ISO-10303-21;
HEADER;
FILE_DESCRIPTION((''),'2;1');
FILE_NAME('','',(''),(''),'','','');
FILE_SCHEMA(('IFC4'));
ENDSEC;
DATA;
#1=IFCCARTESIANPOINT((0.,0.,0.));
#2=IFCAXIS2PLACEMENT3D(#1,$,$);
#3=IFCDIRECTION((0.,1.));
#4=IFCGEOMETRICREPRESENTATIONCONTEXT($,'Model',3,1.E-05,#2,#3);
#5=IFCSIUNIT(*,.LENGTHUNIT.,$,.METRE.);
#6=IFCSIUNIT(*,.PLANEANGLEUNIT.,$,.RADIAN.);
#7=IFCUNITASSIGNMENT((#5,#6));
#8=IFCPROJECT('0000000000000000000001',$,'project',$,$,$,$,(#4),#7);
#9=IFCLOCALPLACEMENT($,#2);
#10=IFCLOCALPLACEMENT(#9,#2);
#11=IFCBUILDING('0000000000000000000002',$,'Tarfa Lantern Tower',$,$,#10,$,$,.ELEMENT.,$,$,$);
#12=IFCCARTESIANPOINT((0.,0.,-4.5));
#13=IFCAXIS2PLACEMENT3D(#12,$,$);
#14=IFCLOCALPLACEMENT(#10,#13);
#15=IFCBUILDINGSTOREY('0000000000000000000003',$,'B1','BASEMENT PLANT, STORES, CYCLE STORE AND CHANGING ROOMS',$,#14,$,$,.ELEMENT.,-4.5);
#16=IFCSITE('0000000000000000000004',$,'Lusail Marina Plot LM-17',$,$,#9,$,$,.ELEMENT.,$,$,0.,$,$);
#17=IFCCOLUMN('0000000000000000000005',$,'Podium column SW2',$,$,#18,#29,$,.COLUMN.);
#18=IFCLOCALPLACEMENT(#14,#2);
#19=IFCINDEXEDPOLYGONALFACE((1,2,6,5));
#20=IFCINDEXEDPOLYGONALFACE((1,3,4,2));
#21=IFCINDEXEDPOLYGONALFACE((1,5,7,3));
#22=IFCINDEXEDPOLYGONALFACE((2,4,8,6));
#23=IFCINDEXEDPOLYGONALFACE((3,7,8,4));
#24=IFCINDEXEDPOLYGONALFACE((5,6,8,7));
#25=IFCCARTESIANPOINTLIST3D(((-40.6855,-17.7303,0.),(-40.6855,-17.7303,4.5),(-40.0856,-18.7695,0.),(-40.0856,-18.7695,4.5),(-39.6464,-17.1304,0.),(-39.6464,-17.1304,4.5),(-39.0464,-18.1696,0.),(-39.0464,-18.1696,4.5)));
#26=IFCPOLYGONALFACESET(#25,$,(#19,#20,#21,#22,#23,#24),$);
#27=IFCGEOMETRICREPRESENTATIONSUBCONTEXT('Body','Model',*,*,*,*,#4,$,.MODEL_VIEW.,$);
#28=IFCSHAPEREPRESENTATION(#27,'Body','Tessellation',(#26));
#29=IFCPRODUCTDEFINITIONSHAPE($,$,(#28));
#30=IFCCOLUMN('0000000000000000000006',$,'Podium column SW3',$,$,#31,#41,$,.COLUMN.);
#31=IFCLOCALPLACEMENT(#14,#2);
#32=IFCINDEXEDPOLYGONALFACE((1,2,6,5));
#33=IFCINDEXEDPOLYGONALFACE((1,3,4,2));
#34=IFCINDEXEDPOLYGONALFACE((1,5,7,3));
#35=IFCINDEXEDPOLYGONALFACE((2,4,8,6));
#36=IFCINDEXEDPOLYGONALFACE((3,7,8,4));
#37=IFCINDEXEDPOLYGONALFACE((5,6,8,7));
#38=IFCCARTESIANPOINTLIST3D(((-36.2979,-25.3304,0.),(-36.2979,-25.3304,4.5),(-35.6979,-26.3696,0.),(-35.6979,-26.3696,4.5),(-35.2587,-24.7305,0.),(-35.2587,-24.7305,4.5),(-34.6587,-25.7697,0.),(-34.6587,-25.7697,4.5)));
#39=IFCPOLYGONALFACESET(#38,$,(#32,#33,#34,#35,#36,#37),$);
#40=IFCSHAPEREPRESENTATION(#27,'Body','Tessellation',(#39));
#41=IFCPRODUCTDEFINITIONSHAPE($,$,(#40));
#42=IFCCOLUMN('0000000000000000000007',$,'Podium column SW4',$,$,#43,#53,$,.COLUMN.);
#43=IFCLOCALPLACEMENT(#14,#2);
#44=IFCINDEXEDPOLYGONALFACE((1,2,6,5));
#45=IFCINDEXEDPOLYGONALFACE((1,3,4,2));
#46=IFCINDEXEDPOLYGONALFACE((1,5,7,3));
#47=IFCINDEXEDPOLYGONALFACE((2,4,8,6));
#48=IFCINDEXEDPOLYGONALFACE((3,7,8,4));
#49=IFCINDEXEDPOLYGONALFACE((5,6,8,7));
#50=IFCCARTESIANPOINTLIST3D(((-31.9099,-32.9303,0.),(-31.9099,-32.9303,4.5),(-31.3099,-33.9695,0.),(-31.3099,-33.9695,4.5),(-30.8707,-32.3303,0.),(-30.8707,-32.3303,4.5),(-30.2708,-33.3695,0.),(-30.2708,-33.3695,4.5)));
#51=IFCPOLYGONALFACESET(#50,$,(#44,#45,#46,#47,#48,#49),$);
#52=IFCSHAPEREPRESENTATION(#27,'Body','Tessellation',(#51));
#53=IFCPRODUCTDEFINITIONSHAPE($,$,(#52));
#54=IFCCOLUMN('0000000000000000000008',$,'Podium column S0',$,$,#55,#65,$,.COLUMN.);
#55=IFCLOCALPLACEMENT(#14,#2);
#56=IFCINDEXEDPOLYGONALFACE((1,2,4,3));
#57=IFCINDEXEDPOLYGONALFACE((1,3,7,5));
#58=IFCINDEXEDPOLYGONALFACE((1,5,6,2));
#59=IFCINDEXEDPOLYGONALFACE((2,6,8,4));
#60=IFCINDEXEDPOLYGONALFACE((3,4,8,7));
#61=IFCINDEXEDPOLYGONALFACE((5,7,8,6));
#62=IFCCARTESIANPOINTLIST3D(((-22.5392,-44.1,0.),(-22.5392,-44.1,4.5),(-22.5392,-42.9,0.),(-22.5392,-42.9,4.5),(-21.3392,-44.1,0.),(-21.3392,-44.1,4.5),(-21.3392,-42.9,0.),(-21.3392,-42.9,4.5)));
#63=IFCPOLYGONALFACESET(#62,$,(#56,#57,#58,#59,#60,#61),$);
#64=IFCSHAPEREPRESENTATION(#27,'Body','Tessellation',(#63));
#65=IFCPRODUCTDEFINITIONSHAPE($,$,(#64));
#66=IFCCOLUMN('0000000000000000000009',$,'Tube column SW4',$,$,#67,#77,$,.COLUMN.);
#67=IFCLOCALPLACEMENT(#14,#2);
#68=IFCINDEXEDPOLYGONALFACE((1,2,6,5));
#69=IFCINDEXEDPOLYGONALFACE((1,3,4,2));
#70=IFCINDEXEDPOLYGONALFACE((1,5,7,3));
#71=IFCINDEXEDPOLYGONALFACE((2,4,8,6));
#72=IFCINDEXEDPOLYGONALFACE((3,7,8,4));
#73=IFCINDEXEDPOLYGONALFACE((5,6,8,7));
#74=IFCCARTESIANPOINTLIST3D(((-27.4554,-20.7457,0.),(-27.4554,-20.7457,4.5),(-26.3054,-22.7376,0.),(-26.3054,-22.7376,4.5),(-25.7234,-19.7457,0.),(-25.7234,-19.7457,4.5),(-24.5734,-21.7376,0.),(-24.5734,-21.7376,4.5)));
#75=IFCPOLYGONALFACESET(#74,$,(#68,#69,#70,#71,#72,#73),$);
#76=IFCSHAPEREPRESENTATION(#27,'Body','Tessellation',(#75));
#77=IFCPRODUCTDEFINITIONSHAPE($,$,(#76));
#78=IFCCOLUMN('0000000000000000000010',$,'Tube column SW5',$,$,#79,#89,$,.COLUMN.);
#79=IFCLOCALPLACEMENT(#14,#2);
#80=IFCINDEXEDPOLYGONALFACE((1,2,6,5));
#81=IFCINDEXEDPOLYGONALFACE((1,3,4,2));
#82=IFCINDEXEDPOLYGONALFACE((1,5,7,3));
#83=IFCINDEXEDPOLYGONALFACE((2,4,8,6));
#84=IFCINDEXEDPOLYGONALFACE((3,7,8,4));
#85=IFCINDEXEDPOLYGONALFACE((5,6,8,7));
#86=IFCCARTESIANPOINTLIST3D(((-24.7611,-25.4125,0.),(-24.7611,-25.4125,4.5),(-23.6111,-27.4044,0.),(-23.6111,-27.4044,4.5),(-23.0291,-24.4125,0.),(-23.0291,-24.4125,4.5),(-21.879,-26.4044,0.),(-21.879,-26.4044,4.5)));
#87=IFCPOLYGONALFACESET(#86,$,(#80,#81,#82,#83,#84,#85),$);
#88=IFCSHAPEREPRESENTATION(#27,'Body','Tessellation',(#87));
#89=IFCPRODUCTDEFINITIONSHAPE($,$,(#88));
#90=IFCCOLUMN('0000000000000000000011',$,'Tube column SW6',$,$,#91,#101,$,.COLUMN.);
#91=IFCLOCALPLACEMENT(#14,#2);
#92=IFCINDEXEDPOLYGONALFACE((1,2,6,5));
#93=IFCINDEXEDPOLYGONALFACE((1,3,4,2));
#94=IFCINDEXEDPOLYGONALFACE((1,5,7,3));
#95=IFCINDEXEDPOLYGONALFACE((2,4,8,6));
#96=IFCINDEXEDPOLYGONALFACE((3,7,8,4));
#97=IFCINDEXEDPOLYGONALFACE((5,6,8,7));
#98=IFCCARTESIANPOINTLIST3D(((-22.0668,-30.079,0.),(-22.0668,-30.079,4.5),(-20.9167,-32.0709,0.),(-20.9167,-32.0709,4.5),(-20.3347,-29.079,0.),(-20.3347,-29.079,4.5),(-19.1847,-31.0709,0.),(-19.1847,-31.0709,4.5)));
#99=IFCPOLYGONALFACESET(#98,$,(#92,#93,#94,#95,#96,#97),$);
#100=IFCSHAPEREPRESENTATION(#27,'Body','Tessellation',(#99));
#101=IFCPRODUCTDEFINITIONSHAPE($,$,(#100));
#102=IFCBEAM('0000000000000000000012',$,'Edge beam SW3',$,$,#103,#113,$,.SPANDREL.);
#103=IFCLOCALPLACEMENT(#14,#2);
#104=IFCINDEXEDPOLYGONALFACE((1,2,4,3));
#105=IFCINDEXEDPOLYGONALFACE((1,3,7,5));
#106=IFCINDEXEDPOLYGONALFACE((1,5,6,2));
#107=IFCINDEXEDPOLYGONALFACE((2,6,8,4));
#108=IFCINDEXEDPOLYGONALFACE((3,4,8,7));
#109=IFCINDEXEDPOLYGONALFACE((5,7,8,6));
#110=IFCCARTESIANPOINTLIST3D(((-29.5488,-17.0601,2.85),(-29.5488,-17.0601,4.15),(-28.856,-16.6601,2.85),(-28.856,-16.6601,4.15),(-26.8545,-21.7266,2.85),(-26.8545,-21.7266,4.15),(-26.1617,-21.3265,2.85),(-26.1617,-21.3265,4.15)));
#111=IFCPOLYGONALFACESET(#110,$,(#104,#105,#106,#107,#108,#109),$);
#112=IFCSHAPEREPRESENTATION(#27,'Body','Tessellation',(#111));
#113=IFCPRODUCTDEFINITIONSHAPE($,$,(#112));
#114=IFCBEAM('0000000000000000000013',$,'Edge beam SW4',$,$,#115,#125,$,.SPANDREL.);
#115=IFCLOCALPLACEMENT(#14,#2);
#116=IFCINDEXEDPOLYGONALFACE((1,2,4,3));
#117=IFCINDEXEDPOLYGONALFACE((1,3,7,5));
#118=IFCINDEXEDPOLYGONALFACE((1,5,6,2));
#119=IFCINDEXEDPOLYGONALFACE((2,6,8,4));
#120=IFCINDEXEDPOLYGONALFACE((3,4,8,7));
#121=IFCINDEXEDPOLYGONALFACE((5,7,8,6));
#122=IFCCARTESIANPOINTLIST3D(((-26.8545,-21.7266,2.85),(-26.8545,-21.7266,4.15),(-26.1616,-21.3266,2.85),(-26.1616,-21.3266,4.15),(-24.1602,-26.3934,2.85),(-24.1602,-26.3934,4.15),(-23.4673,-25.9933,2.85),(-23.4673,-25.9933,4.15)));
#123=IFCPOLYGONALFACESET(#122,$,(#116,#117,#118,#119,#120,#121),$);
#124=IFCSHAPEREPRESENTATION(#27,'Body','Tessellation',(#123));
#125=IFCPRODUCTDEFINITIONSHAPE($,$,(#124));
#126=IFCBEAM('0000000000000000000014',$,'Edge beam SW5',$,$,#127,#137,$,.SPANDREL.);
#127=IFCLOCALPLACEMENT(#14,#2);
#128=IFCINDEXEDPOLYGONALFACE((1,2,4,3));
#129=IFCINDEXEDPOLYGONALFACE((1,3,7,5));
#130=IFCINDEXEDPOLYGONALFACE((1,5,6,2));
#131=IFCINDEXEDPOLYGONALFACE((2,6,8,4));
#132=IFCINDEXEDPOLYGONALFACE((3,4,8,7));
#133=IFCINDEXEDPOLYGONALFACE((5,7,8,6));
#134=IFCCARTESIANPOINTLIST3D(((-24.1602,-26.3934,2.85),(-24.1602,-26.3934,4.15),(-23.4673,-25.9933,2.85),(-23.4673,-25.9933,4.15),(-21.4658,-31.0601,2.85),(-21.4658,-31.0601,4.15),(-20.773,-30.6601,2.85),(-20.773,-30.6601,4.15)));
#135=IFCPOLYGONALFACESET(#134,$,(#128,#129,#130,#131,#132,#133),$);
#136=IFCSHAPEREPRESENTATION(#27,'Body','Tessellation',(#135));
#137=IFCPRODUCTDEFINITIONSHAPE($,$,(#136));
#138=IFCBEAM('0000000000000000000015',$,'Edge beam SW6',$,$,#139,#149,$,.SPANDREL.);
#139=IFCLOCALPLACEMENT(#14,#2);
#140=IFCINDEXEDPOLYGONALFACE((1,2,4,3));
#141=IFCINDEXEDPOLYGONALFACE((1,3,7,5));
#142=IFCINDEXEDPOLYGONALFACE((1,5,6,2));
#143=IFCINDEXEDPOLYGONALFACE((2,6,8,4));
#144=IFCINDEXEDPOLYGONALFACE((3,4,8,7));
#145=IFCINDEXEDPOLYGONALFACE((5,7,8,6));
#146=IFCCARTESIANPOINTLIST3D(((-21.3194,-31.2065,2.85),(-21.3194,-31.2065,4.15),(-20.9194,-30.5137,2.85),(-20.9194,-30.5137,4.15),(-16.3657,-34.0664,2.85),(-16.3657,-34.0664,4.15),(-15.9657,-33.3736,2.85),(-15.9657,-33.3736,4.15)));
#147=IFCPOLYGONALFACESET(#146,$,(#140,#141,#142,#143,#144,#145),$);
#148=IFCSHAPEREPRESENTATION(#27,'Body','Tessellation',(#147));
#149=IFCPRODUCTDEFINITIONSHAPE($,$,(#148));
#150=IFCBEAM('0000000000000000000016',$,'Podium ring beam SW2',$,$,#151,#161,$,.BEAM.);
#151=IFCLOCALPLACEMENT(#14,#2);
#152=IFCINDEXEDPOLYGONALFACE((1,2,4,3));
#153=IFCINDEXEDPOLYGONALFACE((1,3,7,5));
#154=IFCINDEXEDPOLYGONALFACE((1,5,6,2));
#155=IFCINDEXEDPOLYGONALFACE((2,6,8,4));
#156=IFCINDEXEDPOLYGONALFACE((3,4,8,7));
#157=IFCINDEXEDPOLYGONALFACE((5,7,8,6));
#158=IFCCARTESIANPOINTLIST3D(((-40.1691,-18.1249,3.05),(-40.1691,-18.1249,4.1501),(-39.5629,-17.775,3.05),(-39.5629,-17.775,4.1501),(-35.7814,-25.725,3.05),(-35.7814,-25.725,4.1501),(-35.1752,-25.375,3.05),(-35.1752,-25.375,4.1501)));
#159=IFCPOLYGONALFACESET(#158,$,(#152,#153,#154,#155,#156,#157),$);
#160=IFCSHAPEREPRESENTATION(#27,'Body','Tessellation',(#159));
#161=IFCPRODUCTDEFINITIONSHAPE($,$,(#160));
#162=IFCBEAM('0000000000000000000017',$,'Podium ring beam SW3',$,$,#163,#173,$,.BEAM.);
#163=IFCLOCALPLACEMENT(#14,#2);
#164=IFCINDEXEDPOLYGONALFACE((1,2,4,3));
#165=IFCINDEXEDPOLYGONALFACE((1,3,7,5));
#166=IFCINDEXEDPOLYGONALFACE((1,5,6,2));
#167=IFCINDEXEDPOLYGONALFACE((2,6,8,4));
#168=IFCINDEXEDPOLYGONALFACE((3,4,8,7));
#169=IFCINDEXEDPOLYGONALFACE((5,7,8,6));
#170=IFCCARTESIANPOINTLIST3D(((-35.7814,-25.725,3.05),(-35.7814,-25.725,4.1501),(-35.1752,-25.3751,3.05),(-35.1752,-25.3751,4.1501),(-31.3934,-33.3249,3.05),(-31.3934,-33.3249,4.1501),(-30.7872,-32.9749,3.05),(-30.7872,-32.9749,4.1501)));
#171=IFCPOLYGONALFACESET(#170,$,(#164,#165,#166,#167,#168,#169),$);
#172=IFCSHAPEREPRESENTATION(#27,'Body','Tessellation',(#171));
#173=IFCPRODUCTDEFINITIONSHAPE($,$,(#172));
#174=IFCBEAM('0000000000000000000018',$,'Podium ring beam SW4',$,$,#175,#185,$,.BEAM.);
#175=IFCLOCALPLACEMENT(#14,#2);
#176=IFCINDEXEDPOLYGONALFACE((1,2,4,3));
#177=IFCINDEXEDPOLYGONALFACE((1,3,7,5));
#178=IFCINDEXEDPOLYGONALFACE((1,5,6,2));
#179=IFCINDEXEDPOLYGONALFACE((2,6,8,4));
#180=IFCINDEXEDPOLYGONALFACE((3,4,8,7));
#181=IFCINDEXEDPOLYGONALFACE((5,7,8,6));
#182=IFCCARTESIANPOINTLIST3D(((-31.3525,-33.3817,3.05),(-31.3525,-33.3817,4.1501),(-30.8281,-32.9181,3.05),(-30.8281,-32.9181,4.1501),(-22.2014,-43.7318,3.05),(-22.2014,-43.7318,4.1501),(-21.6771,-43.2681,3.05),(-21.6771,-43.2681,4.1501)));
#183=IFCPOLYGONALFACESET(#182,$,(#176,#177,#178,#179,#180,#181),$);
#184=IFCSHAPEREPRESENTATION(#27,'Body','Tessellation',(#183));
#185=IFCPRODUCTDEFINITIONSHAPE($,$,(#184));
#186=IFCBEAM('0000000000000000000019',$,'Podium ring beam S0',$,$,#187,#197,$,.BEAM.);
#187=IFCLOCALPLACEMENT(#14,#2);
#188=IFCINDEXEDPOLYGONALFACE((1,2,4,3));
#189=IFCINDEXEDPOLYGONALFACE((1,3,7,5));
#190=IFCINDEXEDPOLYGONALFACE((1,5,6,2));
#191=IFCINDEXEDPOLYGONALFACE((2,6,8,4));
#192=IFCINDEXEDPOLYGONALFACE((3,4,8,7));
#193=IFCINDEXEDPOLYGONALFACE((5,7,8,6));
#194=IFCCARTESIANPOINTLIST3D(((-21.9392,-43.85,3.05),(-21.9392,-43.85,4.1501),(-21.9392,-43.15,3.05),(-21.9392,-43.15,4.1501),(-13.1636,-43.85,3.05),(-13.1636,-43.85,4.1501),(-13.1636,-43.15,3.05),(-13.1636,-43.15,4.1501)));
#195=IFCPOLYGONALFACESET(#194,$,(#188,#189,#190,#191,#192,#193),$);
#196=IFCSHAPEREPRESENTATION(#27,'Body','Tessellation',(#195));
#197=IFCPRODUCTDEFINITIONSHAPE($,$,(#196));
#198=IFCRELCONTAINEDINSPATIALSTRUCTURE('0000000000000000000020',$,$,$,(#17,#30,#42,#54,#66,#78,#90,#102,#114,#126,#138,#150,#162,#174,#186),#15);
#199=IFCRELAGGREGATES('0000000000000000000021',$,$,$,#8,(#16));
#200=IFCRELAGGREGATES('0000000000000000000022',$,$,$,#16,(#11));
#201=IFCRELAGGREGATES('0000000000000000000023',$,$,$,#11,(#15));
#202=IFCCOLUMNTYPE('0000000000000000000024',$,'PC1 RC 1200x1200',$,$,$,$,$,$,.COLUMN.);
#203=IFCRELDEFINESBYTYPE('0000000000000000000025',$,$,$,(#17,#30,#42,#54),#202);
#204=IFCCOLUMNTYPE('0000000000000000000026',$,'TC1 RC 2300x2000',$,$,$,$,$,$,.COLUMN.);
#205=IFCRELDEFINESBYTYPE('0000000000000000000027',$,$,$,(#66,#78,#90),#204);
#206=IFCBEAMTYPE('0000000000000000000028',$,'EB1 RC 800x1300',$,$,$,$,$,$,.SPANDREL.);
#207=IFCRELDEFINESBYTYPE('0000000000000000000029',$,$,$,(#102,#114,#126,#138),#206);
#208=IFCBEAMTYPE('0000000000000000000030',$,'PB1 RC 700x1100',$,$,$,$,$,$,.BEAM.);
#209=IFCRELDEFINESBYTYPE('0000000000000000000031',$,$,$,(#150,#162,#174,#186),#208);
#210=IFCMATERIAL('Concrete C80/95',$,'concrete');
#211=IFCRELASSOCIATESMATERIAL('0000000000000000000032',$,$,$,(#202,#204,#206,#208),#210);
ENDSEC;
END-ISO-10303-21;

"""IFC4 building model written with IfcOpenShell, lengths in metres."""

from ifc_helpers import new_model, si_unit, direction, frame, origin, origin_2d, place, context, subcontext, project, spatial, rectangle, extrude, material, material_profile, profile_set, type_object, element, save


model = new_model("IFC4")

# Units and contexts
model_context = context("Model", 3, precision=1e-05, world=origin(), true_north=direction((0.0, 1.0)))
body_context = subcontext(model_context, "Body", "Model", "MODEL_VIEW")
ifc_project = project(units=[si_unit("LENGTHUNIT", "METRE"), si_unit("PLANEANGLEUNIT", "RADIAN")], contexts=[model_context])

# Site, building, storey
site_placement = place(None, origin())
site = spatial("IfcSite", under=ifc_project, at=site_placement, Name="Lusail Marina Plot LM-17", CompositionType="ELEMENT", RefElevation=0.0)
building_placement = place(site_placement, origin())
building = spatial("IfcBuilding", under=site, at=building_placement, Name="Tarfa Lantern Tower", CompositionType="ELEMENT")
storey_placement = place(building_placement, frame((0.0, 0.0, -4.5)))
storey = spatial("IfcBuildingStorey", under=building, at=storey_placement, Name="B1", Description="BASEMENT PLANT, STORES, CYCLE STORE AND CHANGING ROOMS", CompositionType="ELEMENT", Elevation=-4.5)

# Columns
ifc_material_1 = material(Name="Concrete C80/95", Category="concrete")
ifc_material_profile_1 = material_profile(ifc_material_1, rectangle(XDim=1.2, YDim=1.2, at=origin_2d()), Name="RC 1200x1200")
ifc_profile_set_1 = profile_set([ifc_material_profile_1], Name="Concrete C80/95")
column_type_1 = type_object("IfcColumnType", Name="PC1 RC 1200x1200", PredefinedType="COLUMN", material=ifc_profile_set_1)
for number, where, z_axis, x_axis, name in (
    (1, (-39.866, -17.95, 0.0), (0.0, 0.0, 1.0), (0.5, -0.866025, 0.0), "Podium column SW2"),
    (2, (-35.4783, -25.55, 0.0), (0.0, 0.0, 1.0), (0.5, -0.866025, 0.0), "Podium column SW3"),
    (3, (-31.0903, -33.1499, 0.0), (0.0, 0.0, 1.0), (0.5, -0.866025, 0.0), "Podium column SW4"),
    (4, (-21.9392, -43.5, 0.0), (0.0, 0.0, 1.0), (1.0, 0.0, 0.0), "Podium column S0"),
):
    element("IfcColumn", number, at=place(storey_placement, frame(where, z_axis=z_axis, x_axis=x_axis)), inside=storey, type_object=column_type_1, Name=name, PredefinedType="COLUMN", context=body_context, shape_type="SweptSolid", body=[
        extrude(rectangle(XDim=1.2, YDim=1.2, at=origin_2d()), origin(), (0.0, 0.0, 1.0), 4.5),
    ])
ifc_material_profile_2 = material_profile(ifc_material_1, rectangle(XDim=2.3, YDim=2.0, at=origin_2d()), Name="RC 2300x2000")
ifc_profile_set_2 = profile_set([ifc_material_profile_2], Name="Concrete C80/95")
column_type_2 = type_object("IfcColumnType", Name="TC1 RC 2300x2000", PredefinedType="COLUMN", material=ifc_profile_set_2)
for number, where, z_axis, x_axis, name in (
    (5, (-26.0144, -21.2417, 0.0), (0.0, 0.0, 1.0), (0.5, -0.866025, 0.0), "Tube column SW4"),
    (6, (-23.3201, -25.9084, 0.0), (0.0, 0.0, 1.0), (0.5, -0.866025, 0.0), "Tube column SW5"),
    (7, (-20.6257, -30.575, 0.0), (0.0, 0.0, 1.0), (0.5, -0.866025, 0.0), "Tube column SW6"),
):
    element("IfcColumn", number, at=place(storey_placement, frame(where, z_axis=z_axis, x_axis=x_axis)), inside=storey, type_object=column_type_2, Name=name, PredefinedType="COLUMN", context=body_context, shape_type="SweptSolid", body=[
        extrude(rectangle(XDim=2.3, YDim=2.0, at=origin_2d()), origin(), (0.0, 0.0, 1.0), 4.5),
    ])

# Beams
ifc_material_profile_3 = material_profile(ifc_material_1, rectangle(XDim=0.8, YDim=1.3, at=origin_2d()), Name="RC 800x1300")
ifc_profile_set_3 = profile_set([ifc_material_profile_3], Name="Concrete C80/95")
beam_type_1 = type_object("IfcBeamType", Name="EB1 RC 800x1300", PredefinedType="SPANDREL", material=ifc_profile_set_3)
beam_1_placement = place(storey_placement, frame((-29.2024, -16.8601, 3.5), z_axis=(0.500018, -0.866015, 0.0), x_axis=(0.866015, 0.500018, 0.0)))
element("IfcBeam", 8, at=beam_1_placement, inside=storey, type_object=beam_type_1, Name="Edge beam SW3", PredefinedType="SPANDREL", context=body_context, shape_type="SweptSolid", body=[
    extrude(rectangle(XDim=0.8, YDim=1.3, at=origin_2d()), origin(), (0.0, 0.0, 1.0), 5.3884),
])
for number, where, z_axis, x_axis, name in (
    (9, (-26.5081, -21.5266, 3.5), (0.499998, -0.866026, 0.0), (0.866026, 0.499998, 0.0), "Edge beam SW4"),
    (10, (-23.8137, -26.1934, 3.5), (0.499998, -0.866026, 0.0), (0.866026, 0.499998, 0.0), "Edge beam SW5"),
):
    element("IfcBeam", number, at=place(storey_placement, frame(where, z_axis=z_axis, x_axis=x_axis)), inside=storey, type_object=beam_type_1, Name=name, PredefinedType="SPANDREL", context=body_context, shape_type="SweptSolid", body=[
        extrude(rectangle(XDim=0.8, YDim=1.3, at=origin_2d()), origin(), (0.0, 0.0, 1.0), 5.3887),
    ])
beam_2_placement = place(storey_placement, frame((-21.1194, -30.8601, 3.5), z_axis=(0.866033, -0.499986, 0.0), x_axis=(0.499986, 0.866033, 0.0)))
element("IfcBeam", 11, at=beam_2_placement, inside=storey, type_object=beam_type_1, Name="Edge beam SW6", PredefinedType="SPANDREL", context=body_context, shape_type="SweptSolid", body=[
    extrude(rectangle(XDim=0.8, YDim=1.3, at=origin_2d()), origin(), (0.0, 0.0, 1.0), 5.72),
])
ifc_material_profile_4 = material_profile(ifc_material_1, rectangle(XDim=0.7, YDim=1.1001, at=origin_2d()), Name="RC 700x1100")
ifc_profile_set_4 = profile_set([ifc_material_profile_4], Name="Concrete C80/95")
beam_type_2 = type_object("IfcBeamType", Name="PB1 RC 700x1100", PredefinedType="BEAM", material=ifc_profile_set_4)
for number, where, z_axis, x_axis, name in (
    (12, (-39.866, -17.95, 3.6001), (0.499981, -0.866036, 0.0), (0.866036, 0.499981, 0.0), "Podium ring beam SW2"),
    (13, (-35.4783, -25.55, 3.6001), (0.500014, -0.866017, 0.0), (0.866017, 0.500014, 0.0), "Podium ring beam SW3"),
):
    element("IfcBeam", number, at=place(storey_placement, frame(where, z_axis=z_axis, x_axis=x_axis)), inside=storey, type_object=beam_type_2, Name=name, PredefinedType="BEAM", context=body_context, shape_type="SweptSolid", body=[
        extrude(rectangle(XDim=0.7, YDim=1.1001, at=origin_2d()), origin(), (0.0, 0.0, 1.0), 8.7756),
    ])
beam_3_placement = place(storey_placement, frame((-31.0903, -33.1499, 3.6001), z_axis=(0.662382, -0.749167, 0.0), x_axis=(0.749167, 0.662382, 0.0)))
element("IfcBeam", 14, at=beam_3_placement, inside=storey, type_object=beam_type_2, Name="Podium ring beam SW4", PredefinedType="BEAM", context=body_context, shape_type="SweptSolid", body=[
    extrude(rectangle(XDim=0.7, YDim=1.1001, at=origin_2d()), origin(), (0.0, 0.0, 1.0), 13.8154),
])
beam_4_placement = place(storey_placement, frame((-21.9392, -43.5, 3.6001), z_axis=(1.0, 0.0, 0.0), x_axis=(0.0, 1.0, 0.0)))
element("IfcBeam", 15, at=beam_4_placement, inside=storey, type_object=beam_type_2, Name="Podium ring beam S0", PredefinedType="BEAM", context=body_context, shape_type="SweptSolid", body=[
    extrude(rectangle(XDim=0.7, YDim=1.1001, at=origin_2d()), origin(), (0.0, 0.0, 1.0), 8.7756),
])

save(model, "model.ifc")
